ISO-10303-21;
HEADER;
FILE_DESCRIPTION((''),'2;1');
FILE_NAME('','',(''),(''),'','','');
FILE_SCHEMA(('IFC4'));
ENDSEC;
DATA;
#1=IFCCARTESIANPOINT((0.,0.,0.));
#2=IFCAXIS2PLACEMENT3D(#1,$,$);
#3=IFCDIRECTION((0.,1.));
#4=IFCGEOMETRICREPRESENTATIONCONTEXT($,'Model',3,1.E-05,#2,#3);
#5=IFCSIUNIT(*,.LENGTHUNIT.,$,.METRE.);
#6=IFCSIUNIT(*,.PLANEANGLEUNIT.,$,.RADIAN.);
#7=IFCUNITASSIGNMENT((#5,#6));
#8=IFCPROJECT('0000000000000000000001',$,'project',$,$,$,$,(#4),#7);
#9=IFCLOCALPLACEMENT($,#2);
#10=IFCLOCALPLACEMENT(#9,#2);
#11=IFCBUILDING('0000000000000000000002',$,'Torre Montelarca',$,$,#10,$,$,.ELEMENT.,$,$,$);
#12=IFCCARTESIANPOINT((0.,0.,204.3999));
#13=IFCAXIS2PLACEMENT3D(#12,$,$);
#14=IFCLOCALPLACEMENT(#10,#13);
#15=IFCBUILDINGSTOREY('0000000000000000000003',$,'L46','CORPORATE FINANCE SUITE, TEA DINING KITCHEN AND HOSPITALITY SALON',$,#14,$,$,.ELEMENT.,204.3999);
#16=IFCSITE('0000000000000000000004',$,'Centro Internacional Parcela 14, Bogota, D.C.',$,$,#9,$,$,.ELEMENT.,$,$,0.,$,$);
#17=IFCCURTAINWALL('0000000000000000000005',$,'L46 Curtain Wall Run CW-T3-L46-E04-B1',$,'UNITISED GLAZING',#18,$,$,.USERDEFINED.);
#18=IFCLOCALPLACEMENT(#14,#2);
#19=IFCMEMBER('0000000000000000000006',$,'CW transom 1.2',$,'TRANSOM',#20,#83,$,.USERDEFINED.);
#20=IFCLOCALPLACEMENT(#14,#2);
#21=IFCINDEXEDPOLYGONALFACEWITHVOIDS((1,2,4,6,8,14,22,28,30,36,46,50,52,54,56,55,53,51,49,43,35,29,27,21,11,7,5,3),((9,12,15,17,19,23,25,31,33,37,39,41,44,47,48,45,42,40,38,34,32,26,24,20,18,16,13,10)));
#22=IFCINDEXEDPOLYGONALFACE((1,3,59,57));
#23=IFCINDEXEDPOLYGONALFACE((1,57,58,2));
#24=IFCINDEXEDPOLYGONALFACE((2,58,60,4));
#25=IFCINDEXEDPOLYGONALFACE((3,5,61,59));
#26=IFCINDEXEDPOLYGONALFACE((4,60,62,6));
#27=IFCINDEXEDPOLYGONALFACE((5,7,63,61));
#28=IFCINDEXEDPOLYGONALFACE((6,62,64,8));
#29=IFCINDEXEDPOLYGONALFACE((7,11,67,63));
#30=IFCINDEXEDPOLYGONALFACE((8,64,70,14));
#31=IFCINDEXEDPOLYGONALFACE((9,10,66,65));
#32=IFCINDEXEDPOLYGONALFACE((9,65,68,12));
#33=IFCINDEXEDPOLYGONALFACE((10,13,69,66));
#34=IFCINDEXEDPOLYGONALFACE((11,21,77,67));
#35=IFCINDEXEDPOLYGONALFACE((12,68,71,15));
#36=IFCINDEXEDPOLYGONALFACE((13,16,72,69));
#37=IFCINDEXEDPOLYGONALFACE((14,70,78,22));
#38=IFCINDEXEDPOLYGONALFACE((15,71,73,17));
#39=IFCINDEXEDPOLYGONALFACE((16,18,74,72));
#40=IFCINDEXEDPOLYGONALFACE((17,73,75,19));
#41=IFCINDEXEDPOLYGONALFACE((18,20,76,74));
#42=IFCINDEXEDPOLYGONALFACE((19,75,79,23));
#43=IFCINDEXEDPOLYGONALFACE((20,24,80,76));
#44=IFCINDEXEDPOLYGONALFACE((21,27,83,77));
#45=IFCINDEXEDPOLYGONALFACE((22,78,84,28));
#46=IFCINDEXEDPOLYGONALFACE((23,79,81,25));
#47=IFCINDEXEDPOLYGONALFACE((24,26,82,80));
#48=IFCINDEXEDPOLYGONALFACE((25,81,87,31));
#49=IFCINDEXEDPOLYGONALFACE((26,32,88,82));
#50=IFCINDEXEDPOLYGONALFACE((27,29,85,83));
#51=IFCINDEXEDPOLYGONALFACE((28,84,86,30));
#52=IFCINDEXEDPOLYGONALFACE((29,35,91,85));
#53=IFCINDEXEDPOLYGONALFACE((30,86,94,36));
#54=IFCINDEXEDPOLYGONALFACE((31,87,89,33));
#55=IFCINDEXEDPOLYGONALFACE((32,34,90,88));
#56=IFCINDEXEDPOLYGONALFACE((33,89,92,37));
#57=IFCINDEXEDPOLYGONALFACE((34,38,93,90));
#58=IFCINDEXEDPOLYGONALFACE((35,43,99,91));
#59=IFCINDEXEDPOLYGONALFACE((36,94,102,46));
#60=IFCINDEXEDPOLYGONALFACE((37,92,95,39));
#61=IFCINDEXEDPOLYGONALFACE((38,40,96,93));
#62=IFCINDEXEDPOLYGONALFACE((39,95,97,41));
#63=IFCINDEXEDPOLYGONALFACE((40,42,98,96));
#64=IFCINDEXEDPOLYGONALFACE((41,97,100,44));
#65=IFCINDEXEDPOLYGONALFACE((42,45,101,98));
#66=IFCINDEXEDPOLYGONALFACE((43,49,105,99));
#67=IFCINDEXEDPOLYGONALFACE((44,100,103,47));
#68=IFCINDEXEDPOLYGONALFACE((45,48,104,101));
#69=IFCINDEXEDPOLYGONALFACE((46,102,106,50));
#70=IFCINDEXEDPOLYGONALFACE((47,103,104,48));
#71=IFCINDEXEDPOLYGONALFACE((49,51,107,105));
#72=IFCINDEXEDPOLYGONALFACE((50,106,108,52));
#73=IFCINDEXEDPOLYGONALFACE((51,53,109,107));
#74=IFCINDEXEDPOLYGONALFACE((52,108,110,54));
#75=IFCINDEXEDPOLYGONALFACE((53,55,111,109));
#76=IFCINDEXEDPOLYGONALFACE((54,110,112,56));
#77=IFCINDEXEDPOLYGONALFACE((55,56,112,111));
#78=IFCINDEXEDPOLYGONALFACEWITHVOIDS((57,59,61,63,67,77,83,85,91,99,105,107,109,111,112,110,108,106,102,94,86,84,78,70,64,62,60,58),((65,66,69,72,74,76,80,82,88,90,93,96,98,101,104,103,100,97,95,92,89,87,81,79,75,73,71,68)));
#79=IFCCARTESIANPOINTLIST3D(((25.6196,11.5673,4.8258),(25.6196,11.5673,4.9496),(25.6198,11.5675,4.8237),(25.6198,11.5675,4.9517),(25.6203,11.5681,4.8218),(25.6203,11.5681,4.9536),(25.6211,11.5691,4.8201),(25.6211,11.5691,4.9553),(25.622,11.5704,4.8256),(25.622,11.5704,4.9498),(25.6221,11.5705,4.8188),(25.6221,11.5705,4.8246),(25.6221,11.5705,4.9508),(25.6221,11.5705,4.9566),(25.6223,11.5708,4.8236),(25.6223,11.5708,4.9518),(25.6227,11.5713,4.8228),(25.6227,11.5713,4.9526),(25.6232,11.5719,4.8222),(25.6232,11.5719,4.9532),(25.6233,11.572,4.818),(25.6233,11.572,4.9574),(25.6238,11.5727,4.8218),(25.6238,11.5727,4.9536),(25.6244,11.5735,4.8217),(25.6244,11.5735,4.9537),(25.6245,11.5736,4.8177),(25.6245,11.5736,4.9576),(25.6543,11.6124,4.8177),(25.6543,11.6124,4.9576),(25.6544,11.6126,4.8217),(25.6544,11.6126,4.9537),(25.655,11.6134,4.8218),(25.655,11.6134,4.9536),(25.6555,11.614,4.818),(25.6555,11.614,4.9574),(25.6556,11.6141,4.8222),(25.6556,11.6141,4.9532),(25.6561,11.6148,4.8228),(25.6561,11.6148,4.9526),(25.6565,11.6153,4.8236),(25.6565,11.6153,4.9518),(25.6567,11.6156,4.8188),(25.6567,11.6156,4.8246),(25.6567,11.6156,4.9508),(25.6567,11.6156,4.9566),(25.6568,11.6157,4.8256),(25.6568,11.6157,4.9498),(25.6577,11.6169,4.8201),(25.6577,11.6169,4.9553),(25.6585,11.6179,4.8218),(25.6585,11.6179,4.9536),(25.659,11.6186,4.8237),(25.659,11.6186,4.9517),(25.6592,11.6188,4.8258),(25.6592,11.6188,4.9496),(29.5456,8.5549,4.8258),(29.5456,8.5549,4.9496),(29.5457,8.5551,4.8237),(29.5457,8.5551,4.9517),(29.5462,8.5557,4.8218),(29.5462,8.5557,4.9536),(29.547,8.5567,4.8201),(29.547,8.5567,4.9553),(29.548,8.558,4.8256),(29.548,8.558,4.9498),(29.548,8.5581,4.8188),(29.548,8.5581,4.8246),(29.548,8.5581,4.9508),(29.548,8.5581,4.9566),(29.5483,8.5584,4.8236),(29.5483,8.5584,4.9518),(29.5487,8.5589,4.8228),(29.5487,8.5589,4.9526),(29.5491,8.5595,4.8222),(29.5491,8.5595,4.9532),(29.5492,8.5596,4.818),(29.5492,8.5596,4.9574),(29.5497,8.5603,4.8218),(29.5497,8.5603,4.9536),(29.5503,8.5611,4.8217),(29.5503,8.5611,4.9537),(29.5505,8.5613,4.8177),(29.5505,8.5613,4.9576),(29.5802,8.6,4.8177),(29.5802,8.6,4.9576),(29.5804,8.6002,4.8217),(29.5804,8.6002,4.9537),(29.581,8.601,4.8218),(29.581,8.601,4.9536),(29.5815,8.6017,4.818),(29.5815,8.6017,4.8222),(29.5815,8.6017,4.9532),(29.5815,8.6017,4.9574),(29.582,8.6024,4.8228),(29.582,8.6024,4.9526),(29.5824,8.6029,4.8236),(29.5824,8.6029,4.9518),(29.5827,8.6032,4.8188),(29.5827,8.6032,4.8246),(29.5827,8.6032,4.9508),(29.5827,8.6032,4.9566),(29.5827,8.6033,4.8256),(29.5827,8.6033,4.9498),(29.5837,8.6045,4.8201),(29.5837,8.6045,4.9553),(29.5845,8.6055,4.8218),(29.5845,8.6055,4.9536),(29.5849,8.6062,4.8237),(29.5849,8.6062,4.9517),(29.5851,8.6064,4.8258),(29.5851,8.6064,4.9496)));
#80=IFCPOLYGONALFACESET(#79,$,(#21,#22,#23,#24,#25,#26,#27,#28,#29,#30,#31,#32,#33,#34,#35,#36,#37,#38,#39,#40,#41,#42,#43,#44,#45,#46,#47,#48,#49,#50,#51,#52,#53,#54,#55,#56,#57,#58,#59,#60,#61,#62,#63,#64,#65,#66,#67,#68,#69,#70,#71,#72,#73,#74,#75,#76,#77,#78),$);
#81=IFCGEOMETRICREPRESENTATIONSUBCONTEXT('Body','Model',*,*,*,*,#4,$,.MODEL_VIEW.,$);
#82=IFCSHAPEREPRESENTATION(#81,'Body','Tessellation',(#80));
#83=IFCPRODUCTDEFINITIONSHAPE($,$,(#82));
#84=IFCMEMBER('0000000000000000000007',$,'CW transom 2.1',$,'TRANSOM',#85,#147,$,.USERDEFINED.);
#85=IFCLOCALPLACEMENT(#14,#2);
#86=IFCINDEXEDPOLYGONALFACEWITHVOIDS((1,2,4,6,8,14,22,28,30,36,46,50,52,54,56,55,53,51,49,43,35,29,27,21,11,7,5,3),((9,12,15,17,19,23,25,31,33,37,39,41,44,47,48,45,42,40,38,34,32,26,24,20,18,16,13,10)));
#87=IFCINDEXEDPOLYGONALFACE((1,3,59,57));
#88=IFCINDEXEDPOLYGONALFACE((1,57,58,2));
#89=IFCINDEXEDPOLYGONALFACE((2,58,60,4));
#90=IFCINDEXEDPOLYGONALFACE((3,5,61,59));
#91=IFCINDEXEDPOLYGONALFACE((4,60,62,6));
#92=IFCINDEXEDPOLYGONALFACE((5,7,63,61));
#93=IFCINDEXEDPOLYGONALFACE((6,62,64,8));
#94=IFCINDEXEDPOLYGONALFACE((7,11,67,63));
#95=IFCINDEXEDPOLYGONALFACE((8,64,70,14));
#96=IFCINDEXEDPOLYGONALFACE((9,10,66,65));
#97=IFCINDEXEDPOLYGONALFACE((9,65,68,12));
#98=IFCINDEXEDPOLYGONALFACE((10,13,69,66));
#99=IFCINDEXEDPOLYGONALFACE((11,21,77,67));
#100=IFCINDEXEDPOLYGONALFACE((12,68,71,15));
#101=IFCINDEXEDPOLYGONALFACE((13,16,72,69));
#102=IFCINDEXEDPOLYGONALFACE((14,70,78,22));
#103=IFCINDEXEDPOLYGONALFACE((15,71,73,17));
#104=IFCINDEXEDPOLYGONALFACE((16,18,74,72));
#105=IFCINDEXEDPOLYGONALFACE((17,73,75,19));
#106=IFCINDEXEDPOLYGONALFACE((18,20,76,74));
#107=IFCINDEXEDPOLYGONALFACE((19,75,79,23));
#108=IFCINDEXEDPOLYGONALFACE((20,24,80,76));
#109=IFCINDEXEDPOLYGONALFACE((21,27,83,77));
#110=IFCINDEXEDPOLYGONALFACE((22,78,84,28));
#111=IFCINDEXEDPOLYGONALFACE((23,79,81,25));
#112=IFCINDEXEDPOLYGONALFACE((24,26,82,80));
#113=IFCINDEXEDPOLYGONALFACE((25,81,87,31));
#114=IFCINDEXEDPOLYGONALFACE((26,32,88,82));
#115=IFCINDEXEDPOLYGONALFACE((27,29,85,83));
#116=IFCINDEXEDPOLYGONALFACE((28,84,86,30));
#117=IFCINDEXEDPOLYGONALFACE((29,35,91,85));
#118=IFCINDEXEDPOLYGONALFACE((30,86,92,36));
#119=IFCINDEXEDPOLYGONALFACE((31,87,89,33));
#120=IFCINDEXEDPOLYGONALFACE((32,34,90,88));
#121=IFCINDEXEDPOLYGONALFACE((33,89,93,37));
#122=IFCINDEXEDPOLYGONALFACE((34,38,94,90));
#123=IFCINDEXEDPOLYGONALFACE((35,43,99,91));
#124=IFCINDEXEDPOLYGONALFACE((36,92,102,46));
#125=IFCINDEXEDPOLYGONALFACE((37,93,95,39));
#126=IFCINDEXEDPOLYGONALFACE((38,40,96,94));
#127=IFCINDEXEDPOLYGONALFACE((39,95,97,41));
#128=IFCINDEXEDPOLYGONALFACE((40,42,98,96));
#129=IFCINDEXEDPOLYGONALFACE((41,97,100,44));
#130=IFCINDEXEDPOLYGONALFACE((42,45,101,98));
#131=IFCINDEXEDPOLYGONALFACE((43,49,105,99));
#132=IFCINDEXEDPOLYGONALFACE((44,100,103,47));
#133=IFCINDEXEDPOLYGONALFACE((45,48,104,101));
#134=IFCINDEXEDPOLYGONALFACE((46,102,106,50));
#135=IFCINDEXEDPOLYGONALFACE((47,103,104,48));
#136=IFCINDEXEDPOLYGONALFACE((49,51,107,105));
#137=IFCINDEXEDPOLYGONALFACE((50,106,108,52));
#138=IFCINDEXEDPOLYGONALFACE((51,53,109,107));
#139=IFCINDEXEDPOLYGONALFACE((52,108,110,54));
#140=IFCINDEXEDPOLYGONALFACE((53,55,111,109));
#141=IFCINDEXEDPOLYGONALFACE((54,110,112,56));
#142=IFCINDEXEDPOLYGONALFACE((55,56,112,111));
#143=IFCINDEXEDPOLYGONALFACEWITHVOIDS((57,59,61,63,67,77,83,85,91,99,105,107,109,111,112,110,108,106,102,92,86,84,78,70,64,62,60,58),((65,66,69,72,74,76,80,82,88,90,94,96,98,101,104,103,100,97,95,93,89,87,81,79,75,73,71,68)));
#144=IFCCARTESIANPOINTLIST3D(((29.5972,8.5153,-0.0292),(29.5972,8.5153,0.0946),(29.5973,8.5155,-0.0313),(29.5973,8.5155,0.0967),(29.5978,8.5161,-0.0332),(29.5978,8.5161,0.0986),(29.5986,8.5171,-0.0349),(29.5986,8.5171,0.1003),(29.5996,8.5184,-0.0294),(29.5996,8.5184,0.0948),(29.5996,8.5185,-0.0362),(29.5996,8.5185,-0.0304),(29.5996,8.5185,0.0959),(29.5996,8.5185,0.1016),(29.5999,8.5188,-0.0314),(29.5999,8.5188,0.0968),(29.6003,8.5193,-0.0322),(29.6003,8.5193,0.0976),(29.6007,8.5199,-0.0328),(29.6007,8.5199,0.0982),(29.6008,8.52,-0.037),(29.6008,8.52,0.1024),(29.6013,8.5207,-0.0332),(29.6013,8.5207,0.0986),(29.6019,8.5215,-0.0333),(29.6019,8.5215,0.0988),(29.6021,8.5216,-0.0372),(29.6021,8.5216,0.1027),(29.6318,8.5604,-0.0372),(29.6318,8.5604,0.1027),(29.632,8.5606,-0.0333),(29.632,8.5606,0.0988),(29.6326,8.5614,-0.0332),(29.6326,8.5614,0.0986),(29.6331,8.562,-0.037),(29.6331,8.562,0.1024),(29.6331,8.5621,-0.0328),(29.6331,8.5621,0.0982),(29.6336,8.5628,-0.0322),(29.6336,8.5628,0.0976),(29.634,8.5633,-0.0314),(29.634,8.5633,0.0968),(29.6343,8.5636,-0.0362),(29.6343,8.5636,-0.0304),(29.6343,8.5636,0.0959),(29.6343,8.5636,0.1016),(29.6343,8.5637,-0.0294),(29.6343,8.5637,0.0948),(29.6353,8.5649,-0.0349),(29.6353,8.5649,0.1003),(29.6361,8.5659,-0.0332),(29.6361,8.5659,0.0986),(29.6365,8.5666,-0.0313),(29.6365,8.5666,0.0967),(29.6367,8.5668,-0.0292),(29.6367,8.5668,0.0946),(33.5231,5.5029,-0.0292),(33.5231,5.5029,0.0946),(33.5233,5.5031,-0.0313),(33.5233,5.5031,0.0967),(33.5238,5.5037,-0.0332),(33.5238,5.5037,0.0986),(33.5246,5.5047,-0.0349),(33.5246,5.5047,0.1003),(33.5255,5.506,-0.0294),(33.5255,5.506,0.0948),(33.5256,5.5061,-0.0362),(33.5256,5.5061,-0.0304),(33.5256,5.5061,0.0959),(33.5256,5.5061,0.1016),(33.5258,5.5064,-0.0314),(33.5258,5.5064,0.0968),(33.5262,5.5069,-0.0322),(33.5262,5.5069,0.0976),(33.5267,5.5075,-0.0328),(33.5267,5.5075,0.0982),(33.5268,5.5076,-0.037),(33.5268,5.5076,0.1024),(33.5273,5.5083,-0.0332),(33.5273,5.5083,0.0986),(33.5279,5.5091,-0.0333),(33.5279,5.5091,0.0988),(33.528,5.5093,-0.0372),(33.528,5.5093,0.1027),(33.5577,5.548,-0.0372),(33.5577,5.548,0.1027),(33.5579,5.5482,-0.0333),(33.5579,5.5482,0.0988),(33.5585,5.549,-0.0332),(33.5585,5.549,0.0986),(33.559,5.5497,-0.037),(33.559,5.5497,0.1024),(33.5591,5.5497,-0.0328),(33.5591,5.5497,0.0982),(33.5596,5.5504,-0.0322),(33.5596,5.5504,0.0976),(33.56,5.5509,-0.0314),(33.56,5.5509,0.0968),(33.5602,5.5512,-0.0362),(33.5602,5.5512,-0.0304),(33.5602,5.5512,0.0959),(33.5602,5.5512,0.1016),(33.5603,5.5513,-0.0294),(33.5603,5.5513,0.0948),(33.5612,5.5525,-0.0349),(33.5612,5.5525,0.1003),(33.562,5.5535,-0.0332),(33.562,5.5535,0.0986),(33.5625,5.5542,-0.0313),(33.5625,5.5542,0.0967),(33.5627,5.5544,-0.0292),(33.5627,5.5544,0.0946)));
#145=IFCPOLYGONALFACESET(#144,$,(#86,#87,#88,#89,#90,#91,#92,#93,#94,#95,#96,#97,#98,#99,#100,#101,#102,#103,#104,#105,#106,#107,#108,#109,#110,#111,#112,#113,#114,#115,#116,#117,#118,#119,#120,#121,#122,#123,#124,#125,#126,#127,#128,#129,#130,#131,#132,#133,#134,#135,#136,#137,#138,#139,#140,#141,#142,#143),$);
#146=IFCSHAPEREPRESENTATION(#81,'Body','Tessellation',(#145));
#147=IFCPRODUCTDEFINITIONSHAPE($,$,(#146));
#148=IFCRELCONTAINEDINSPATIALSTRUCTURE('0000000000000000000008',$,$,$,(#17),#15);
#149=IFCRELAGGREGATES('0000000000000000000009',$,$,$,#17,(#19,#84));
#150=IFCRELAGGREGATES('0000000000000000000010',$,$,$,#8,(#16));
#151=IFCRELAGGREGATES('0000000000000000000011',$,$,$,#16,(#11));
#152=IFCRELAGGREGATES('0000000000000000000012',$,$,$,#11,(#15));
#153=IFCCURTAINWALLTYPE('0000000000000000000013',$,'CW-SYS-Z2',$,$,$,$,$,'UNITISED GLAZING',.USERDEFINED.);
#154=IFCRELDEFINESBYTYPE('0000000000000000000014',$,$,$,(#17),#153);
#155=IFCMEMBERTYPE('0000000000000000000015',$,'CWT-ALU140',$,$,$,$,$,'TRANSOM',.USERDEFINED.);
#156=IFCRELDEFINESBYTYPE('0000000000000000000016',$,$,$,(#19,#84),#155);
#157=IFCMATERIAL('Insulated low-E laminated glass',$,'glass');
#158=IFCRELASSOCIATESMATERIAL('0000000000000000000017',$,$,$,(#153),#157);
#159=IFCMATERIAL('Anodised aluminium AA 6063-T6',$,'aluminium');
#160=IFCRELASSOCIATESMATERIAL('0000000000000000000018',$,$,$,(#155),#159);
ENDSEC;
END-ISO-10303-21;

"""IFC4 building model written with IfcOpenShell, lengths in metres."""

from ifc_helpers import new_model, si_unit, direction, frame, origin, origin_2d, place, context, subcontext, project, spatial, hollow_rectangle, extrude, source, transform, mapped, material, material_profile, profile_set, type_object, element, aggregate, save


model = new_model("IFC4")

# Units and contexts
model_context = context("Model", 3, precision=1e-05, world=origin(), true_north=direction((0.0, 1.0)))
body_context = subcontext(model_context, "Body", "Model", "MODEL_VIEW")
ifc_project = project(units=[si_unit("LENGTHUNIT", "METRE"), si_unit("PLANEANGLEUNIT", "RADIAN")], contexts=[model_context])

# Site, building, storey
site_placement = place(None, origin())
site = spatial("IfcSite", under=ifc_project, at=site_placement, Name="Centro Internacional Parcela 14, Bogota, D.C.", CompositionType="ELEMENT", RefElevation=0.0)
building_placement = place(site_placement, origin())
building = spatial("IfcBuilding", under=site, at=building_placement, Name="Torre Montelarca", CompositionType="ELEMENT")
storey_placement = place(building_placement, frame((0.0, 0.0, 204.3999)))
storey = spatial("IfcBuildingStorey", under=building, at=storey_placement, Name="L46", Description="CORPORATE FINANCE SUITE, TEA DINING KITCHEN AND HOSPITALITY SALON", CompositionType="ELEMENT", Elevation=204.3999)

# Curtain wall
ifc_material_1 = material(Name="Insulated low-E laminated glass", Category="glass")
curtain_wall_type = type_object("IfcCurtainWallType", Name="CW-SYS-Z2", ElementType="UNITISED GLAZING", PredefinedType="USERDEFINED", material=ifc_material_1)
ifc_material_2 = material(Name="Anodised aluminium AA 6063-T6", Category="aluminium")
ifc_material_profile_1 = material_profile(ifc_material_2, hollow_rectangle(XDim=0.0649, YDim=0.1399, WallThickness=0.0039, InnerFilletRadius=0.0039, OuterFilletRadius=0.0081, at=origin_2d()), Name="ALU65X140X4", Category="aluminium")
ifc_profile_set_1 = profile_set([ifc_material_profile_1], Name="Anodised aluminium AA 6063-T6")
member_type_1 = type_object("IfcMemberType", Name="CWT-ALU140", ElementType="TRANSOM", PredefinedType="USERDEFINED", material=ifc_profile_set_1)
curtain_wall_1_placement = place(storey_placement, origin())
curtain_wall_1 = element("IfcCurtainWall", 1, at=curtain_wall_1_placement, inside=storey, type_object=curtain_wall_type, Name="L46 Curtain Wall Run CW-T3-L46-E04-B1", ObjectType="UNITISED GLAZING", PredefinedType="USERDEFINED")

# Members
shared_shape_1 = source(origin(), body_context, "Body", "SweptSolid", [
    extrude(hollow_rectangle(XDim=0.0649, YDim=0.1399, WallThickness=0.0039, InnerFilletRadius=0.0039, OuterFilletRadius=0.0081, at=origin_2d()), origin(), (0.0, 0.0, 1.0), 4.9485),
])
member_1_placement = place(storey_placement, frame((25.6394, 11.593, 4.8877), z_axis=(0.793363, -0.608749, 0.0), x_axis=(0.608749, 0.793363, 0.0)))
member_1 = element("IfcMember", 2, at=member_1_placement, type_object=member_type_1, Name="CW transom 1.2", ObjectType="TRANSOM", PredefinedType="USERDEFINED", context=body_context, shape_type="MappedRepresentation", body=[
    mapped(shared_shape_1, transform((0.0, 0.0, 0.0), scale=1.0)),
])
member_2_placement = place(storey_placement, frame((29.6169, 8.541, 0.0327), z_axis=(0.793363, -0.608749, 0.0), x_axis=(0.608749, 0.793363, 0.0)))
member_2 = element("IfcMember", 3, at=member_2_placement, type_object=member_type_1, Name="CW transom 2.1", ObjectType="TRANSOM", PredefinedType="USERDEFINED", context=body_context, shape_type="MappedRepresentation", body=[
    mapped(shared_shape_1, transform((0.0, 0.0, 0.0), scale=1.0)),
])

aggregate(curtain_wall_1, [member_1, member_2])

save(model, "model.ifc")
